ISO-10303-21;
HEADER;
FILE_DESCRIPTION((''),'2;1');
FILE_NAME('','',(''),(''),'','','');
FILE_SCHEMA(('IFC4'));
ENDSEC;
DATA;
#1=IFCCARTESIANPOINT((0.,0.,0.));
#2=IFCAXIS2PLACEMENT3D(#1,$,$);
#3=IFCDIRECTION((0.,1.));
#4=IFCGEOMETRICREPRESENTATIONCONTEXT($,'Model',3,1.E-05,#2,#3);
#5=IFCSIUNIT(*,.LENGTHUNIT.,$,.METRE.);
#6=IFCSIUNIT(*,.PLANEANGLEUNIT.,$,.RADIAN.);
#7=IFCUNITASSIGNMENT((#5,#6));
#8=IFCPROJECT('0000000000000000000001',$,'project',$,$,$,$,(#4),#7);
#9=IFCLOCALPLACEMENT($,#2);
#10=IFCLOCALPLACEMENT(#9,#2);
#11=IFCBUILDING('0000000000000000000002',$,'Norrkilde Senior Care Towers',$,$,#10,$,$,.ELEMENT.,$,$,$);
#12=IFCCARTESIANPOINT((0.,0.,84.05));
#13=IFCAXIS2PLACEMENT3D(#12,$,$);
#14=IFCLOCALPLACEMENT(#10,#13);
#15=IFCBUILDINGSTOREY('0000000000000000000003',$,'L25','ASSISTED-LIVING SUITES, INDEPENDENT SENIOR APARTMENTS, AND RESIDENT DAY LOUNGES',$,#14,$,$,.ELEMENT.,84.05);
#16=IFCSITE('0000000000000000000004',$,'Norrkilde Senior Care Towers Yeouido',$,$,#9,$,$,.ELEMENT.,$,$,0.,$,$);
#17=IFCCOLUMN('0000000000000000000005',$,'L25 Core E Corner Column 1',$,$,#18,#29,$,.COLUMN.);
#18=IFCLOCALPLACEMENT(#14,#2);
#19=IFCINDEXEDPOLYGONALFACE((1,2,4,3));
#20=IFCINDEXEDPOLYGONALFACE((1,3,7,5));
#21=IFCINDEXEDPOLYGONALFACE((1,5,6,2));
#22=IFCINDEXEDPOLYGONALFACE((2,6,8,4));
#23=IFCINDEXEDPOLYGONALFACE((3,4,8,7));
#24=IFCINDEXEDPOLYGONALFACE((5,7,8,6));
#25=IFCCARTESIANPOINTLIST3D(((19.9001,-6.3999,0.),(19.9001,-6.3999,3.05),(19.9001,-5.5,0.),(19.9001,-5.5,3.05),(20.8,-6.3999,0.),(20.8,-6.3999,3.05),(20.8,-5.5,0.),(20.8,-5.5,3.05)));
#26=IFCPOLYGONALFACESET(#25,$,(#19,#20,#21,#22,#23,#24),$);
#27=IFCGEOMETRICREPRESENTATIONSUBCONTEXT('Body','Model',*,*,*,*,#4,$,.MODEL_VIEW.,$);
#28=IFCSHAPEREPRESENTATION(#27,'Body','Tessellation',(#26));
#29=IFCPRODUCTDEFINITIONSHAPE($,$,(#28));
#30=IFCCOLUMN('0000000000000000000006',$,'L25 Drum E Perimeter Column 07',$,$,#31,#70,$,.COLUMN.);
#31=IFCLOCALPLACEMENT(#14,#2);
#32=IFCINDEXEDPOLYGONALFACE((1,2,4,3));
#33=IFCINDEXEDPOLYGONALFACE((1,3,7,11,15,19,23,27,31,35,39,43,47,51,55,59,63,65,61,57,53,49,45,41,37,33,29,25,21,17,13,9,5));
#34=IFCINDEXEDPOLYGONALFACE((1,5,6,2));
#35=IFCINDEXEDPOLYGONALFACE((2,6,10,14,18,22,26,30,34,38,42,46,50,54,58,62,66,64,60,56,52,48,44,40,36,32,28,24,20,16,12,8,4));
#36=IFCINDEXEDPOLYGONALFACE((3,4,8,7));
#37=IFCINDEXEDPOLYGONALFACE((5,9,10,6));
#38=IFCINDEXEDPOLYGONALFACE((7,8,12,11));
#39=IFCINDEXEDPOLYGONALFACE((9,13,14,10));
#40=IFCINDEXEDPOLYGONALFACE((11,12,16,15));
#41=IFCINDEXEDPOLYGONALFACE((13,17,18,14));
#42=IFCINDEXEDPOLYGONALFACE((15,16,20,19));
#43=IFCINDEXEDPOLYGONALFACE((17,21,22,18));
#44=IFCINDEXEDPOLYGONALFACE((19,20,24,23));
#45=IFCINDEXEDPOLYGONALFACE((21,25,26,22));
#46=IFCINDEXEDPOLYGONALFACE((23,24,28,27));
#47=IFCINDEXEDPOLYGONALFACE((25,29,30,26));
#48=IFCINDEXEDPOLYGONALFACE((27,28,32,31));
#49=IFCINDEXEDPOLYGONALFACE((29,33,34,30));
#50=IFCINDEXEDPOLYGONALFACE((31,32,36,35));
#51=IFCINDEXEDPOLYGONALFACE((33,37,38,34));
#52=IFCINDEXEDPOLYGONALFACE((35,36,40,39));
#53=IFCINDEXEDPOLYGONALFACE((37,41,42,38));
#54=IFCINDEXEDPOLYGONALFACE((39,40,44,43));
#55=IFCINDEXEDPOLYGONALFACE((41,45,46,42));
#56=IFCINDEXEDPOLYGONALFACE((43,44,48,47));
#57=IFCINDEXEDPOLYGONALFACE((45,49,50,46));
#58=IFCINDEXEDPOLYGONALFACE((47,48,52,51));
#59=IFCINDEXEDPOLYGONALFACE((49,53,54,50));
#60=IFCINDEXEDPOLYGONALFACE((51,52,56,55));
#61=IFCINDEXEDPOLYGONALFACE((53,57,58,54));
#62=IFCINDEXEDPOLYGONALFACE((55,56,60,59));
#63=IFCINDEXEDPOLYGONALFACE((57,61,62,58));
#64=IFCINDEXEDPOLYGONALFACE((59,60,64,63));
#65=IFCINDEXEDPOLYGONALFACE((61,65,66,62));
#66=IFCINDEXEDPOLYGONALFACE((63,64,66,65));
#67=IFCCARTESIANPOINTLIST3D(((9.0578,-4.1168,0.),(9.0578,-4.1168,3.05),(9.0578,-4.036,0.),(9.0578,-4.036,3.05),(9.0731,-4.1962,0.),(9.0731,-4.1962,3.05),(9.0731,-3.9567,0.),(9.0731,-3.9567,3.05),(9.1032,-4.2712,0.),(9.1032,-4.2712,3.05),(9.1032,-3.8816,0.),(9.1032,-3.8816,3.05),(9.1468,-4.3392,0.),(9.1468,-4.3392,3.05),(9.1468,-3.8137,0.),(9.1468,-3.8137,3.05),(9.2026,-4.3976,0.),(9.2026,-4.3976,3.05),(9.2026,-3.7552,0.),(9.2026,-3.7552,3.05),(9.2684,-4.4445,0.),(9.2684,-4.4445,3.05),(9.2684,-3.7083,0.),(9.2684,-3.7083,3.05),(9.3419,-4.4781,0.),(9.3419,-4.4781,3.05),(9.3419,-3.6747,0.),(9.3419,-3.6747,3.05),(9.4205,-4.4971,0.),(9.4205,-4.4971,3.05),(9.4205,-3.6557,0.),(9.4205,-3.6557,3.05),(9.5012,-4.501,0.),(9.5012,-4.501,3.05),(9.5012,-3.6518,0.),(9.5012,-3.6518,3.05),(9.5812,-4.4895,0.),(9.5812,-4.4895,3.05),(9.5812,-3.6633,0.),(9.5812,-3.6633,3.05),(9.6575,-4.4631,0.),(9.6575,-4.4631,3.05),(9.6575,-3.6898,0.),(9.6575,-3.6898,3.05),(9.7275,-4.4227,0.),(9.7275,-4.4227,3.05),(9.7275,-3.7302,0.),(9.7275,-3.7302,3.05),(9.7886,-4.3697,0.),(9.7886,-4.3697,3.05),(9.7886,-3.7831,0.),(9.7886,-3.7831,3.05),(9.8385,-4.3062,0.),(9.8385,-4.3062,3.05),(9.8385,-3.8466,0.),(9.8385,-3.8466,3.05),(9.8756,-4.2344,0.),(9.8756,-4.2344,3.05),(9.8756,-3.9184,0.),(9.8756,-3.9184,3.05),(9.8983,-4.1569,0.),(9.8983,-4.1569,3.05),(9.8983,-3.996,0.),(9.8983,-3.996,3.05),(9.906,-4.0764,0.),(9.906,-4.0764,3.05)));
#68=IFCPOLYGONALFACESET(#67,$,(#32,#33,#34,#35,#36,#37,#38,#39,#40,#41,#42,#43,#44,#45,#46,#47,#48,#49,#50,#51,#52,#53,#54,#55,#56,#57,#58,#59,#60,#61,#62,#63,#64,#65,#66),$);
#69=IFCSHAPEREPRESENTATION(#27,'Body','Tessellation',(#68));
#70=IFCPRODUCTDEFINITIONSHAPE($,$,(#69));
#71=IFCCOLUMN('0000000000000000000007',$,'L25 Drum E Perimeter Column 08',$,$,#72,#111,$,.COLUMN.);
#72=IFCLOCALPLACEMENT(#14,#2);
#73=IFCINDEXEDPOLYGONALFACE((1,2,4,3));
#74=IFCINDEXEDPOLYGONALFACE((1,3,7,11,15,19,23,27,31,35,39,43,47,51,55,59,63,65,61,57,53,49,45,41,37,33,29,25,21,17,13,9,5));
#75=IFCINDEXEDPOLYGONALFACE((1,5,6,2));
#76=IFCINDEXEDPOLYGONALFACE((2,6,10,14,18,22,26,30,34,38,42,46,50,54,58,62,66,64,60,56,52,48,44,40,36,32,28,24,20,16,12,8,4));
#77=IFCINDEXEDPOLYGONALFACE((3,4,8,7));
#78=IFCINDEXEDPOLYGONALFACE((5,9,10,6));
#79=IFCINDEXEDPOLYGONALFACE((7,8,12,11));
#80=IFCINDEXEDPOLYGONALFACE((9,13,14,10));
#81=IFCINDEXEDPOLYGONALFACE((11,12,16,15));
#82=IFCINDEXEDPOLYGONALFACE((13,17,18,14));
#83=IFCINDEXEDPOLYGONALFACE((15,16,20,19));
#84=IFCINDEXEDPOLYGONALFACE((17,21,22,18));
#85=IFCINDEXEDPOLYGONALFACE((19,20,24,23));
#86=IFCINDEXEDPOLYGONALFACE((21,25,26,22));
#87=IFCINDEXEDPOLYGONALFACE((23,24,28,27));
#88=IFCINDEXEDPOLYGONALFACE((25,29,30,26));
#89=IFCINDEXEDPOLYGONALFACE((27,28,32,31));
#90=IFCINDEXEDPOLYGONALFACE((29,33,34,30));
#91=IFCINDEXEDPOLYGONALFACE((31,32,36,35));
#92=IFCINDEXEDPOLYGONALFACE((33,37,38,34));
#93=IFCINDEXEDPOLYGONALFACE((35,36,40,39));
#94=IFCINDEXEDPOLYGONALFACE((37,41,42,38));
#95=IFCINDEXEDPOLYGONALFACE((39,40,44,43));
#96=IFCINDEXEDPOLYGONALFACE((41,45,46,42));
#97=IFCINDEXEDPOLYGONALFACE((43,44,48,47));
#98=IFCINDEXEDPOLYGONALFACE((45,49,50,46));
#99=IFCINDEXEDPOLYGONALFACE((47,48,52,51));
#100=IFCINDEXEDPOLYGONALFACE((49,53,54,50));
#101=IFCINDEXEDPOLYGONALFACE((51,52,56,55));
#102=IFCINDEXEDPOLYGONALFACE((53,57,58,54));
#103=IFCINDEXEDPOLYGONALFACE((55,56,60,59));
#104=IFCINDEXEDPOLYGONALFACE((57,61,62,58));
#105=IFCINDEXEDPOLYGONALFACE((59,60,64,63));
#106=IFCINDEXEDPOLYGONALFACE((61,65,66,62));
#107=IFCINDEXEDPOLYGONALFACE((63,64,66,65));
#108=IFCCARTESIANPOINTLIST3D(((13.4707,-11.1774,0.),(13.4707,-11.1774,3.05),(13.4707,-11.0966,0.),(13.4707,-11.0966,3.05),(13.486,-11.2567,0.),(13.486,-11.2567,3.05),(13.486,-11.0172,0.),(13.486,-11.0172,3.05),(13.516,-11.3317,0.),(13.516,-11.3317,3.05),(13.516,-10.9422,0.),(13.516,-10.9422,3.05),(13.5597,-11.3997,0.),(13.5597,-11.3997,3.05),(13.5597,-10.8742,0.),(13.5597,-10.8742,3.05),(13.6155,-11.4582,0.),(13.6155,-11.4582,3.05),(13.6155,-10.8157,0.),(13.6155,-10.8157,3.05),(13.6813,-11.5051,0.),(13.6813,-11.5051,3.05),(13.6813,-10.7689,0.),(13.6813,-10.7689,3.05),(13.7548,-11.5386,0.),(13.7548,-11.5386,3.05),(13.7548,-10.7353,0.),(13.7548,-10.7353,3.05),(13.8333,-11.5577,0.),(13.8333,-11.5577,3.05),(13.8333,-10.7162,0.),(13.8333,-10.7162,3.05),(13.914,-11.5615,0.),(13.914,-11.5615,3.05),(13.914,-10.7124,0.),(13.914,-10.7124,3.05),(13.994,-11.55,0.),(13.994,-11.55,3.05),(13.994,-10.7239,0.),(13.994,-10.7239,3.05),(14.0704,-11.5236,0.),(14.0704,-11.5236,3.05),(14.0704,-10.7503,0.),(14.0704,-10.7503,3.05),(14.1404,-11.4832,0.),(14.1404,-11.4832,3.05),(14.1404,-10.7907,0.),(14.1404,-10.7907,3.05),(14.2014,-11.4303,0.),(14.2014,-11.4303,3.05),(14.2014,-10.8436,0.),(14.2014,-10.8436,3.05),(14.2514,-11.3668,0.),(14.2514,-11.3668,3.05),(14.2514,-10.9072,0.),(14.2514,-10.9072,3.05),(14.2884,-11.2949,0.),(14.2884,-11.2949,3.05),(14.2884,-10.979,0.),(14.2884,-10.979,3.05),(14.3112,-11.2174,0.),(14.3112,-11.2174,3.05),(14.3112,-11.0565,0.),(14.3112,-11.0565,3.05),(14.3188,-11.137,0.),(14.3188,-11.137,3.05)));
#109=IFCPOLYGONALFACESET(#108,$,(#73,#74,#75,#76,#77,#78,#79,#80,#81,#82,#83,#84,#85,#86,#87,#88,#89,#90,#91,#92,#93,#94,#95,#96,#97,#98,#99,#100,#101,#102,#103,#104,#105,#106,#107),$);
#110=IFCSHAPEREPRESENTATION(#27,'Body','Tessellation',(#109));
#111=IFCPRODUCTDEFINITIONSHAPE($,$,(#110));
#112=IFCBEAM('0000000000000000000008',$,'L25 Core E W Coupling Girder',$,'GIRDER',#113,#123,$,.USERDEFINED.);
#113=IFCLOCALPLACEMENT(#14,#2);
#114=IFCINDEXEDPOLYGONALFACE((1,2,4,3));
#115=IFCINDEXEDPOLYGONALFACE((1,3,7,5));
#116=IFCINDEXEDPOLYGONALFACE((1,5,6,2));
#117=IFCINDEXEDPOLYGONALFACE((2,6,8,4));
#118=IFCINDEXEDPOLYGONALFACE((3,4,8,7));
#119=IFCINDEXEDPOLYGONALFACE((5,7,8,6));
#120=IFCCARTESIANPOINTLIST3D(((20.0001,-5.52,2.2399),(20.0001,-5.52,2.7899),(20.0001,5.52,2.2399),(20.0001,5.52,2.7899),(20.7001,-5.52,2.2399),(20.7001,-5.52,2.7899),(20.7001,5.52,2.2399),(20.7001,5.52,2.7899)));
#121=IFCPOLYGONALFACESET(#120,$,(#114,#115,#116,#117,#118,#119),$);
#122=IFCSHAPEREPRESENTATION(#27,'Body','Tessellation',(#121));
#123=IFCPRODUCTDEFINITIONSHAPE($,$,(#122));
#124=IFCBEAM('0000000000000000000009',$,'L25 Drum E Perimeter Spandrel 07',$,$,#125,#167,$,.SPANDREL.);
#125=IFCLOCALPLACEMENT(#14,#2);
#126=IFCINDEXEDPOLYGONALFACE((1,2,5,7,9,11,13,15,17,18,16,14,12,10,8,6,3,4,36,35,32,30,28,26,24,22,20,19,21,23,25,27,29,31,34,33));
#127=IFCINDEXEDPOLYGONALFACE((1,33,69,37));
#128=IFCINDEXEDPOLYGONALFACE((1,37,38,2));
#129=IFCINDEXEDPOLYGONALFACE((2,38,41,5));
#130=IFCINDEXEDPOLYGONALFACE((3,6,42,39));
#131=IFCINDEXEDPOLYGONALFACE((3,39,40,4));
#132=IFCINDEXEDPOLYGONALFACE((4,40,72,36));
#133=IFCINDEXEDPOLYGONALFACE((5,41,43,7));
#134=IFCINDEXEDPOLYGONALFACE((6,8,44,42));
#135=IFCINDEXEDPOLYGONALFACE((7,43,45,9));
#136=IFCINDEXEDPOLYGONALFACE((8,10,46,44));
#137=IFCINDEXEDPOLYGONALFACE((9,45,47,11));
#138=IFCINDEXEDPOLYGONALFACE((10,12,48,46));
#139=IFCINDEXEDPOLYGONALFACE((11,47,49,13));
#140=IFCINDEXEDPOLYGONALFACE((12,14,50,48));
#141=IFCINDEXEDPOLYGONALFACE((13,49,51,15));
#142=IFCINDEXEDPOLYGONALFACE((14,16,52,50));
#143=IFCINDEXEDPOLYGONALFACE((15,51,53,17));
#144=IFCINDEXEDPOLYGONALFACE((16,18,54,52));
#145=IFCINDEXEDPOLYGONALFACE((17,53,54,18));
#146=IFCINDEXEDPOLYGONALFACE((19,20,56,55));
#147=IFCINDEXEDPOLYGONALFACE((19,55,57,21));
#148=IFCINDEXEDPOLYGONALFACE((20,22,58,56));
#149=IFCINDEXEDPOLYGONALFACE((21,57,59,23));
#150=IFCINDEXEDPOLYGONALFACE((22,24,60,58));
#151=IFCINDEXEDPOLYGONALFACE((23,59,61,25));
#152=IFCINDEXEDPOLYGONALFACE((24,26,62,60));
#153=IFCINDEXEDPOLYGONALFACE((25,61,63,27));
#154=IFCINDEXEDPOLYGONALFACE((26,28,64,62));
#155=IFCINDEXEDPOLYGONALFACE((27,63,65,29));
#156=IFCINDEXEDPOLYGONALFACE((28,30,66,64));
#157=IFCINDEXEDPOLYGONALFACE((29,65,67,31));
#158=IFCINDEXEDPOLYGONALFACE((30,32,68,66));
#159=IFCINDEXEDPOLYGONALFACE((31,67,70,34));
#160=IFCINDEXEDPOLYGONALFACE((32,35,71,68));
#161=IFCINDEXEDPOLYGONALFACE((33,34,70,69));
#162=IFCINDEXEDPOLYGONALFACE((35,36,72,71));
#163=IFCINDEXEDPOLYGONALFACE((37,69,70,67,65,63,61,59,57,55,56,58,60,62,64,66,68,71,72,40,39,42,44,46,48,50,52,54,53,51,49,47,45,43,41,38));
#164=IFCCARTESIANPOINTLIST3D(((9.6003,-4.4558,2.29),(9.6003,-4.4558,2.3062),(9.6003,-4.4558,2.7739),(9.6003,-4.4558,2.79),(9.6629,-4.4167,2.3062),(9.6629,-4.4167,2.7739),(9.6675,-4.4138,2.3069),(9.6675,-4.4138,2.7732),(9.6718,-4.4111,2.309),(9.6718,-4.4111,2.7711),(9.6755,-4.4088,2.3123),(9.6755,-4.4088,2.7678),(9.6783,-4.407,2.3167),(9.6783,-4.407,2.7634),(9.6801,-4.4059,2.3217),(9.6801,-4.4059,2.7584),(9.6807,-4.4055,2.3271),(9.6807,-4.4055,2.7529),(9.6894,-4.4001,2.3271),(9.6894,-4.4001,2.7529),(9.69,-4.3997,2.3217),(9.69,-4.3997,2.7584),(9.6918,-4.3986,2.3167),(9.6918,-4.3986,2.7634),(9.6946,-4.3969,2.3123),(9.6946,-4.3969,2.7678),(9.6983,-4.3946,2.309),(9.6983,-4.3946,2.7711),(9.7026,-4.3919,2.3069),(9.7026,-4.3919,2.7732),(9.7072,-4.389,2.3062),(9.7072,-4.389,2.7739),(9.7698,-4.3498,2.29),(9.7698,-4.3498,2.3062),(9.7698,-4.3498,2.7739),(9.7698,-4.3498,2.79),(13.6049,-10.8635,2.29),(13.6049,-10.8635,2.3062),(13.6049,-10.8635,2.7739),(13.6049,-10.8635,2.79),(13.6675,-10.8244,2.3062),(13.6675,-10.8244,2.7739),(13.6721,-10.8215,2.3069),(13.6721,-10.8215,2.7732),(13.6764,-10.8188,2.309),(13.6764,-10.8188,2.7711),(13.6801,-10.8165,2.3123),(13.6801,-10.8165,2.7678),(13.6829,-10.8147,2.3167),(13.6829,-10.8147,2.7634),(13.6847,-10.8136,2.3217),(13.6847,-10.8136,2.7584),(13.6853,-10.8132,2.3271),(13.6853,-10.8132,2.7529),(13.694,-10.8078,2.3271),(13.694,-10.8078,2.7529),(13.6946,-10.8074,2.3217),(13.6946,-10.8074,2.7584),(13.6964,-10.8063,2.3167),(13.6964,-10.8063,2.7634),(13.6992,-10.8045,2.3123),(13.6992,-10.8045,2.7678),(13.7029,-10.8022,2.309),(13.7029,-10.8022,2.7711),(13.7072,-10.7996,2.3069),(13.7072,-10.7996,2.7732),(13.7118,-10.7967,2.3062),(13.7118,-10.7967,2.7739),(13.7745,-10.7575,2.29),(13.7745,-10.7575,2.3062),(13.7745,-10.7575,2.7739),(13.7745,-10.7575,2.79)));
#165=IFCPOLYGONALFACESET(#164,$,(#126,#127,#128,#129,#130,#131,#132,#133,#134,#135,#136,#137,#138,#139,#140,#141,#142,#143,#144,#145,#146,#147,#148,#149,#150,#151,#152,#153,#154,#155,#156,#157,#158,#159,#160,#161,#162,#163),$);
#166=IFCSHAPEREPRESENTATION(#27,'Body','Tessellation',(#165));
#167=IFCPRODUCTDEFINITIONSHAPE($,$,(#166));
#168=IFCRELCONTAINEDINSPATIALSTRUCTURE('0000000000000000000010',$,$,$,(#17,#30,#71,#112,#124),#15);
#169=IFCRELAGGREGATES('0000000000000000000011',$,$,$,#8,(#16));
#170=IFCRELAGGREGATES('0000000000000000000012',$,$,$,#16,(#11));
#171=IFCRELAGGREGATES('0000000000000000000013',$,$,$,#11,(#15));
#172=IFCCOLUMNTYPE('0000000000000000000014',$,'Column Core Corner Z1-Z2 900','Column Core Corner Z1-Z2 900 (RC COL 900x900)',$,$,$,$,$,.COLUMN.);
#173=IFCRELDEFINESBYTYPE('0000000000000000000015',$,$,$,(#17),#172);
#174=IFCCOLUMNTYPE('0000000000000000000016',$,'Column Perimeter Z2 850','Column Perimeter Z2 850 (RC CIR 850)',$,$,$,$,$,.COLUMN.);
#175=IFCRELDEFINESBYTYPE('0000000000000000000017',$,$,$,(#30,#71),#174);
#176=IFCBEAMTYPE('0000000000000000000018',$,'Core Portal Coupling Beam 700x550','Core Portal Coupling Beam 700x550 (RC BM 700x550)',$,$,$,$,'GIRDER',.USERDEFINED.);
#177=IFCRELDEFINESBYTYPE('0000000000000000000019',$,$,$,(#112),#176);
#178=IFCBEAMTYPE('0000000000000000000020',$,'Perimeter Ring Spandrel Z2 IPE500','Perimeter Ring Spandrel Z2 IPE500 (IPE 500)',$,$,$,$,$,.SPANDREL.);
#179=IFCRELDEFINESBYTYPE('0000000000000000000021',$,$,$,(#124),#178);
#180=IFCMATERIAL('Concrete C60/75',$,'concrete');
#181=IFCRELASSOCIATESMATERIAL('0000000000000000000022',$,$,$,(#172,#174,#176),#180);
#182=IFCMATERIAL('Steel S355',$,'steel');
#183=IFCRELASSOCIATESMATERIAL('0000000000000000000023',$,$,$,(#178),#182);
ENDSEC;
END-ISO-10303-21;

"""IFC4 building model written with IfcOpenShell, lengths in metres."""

from ifc_helpers import new_model, si_unit, direction, frame, origin, origin_2d, place, context, subcontext, project, spatial, rectangle, circle, i_section, extrude, source, transform, mapped, material, material_profile, profile_set, type_object, type_shapes, element, save


model = new_model("IFC4")

# Units and contexts
model_context = context("Model", 3, precision=1e-05, world=origin(), true_north=direction((0.0, 1.0)))
body_context = subcontext(model_context, "Body", "Model", "MODEL_VIEW")
ifc_project = project(units=[si_unit("LENGTHUNIT", "METRE"), si_unit("PLANEANGLEUNIT", "RADIAN")], contexts=[model_context])

# Site, building, storey
site_placement = place(None, origin())
site = spatial("IfcSite", under=ifc_project, at=site_placement, Name="Norrkilde Senior Care Towers Yeouido", CompositionType="ELEMENT", RefElevation=0.0)
building_placement = place(site_placement, origin())
building = spatial("IfcBuilding", under=site, at=building_placement, Name="Norrkilde Senior Care Towers", CompositionType="ELEMENT")
storey_placement = place(building_placement, frame((0.0, 0.0, 84.05)))
storey = spatial("IfcBuildingStorey", under=building, at=storey_placement, Name="L25", Description="ASSISTED-LIVING SUITES, INDEPENDENT SENIOR APARTMENTS, AND RESIDENT DAY LOUNGES", CompositionType="ELEMENT", Elevation=84.05)

# Columns
ifc_material_1 = material(Name="Concrete C60/75", Category="concrete")
ifc_material_profile_1 = material_profile(ifc_material_1, rectangle(XDim=0.8999, YDim=0.8999, at=origin_2d()), Name="RC COL 900x900")
ifc_profile_set_1 = profile_set([ifc_material_profile_1], Name="Concrete C60/75")
column_type_1 = type_object("IfcColumnType", Name="Column Core Corner Z1-Z2 900", Description="Column Core Corner Z1-Z2 900 (RC COL 900x900)", PredefinedType="COLUMN", material=ifc_profile_set_1)
shared_shape_1 = source(origin(), body_context, "Body", "SweptSolid", [
    extrude(rectangle(XDim=0.8999, YDim=0.8999, at=origin_2d()), origin(), (0.0, 0.0, 1.0), 3.05),
])
type_shapes(column_type_1, [shared_shape_1])
column_placement = place(storey_placement, frame((20.3501, -5.95, 0.0), z_axis=(0.0, 0.0, 1.0), x_axis=(1.0, 0.0, 0.0)))
element("IfcColumn", 1, at=column_placement, inside=storey, type_object=column_type_1, Name="L25 Core E Corner Column 1", PredefinedType="COLUMN", context=body_context, shape_type="MappedRepresentation", body=[
    mapped(shared_shape_1, transform((0.0, 0.0, 0.0), x_axis=(1.0, 0.0, 0.0), y_axis=(0.0, 1.0, 0.0), z_axis=(0.0, 0.0, 1.0), scale=1.0)),
])
ifc_material_profile_2 = material_profile(ifc_material_1, circle(Radius=0.425, at=origin_2d()), Name="RC CIR 850")
ifc_profile_set_2 = profile_set([ifc_material_profile_2], Name="Concrete C60/75")
column_type_2 = type_object("IfcColumnType", Name="Column Perimeter Z2 850", Description="Column Perimeter Z2 850 (RC CIR 850)", PredefinedType="COLUMN", material=ifc_profile_set_2)
shared_shape_2 = source(origin(), body_context, "Body", "SweptSolid", [
    extrude(circle(Radius=0.425, at=origin_2d()), origin(), (0.0, 0.0, 1.0), 3.05),
])
type_shapes(column_type_2, [shared_shape_2])
for number, where, z_axis, x_axis, name in (
    (2, (9.481, -4.0764, 0.0), (0.0, 0.0, 1.0), (1.0, 0.0, 0.0), "L25 Drum E Perimeter Column 07"),
    (3, (13.8938, -11.137, 0.0), (0.0, 0.0, 1.0), (1.0, 0.0, 0.0), "L25 Drum E Perimeter Column 08"),
):
    element("IfcColumn", number, at=place(storey_placement, frame(where, z_axis=z_axis, x_axis=x_axis)), inside=storey, type_object=column_type_2, Name=name, PredefinedType="COLUMN", context=body_context, shape_type="MappedRepresentation", body=[
        mapped(shared_shape_2, transform((0.0, 0.0, 0.0), x_axis=(1.0, 0.0, 0.0), y_axis=(0.0, 1.0, 0.0), z_axis=(0.0, 0.0, 1.0), scale=1.0)),
    ])

# Beams
ifc_material_profile_3 = material_profile(ifc_material_1, rectangle(XDim=0.7, YDim=0.55, at=origin_2d()), Name="RC BM 700x550")
ifc_profile_set_3 = profile_set([ifc_material_profile_3], Name="Concrete C60/75")
beam_type_1 = type_object("IfcBeamType", Name="Core Portal Coupling Beam 700x550", Description="Core Portal Coupling Beam 700x550 (RC BM 700x550)", ElementType="GIRDER", PredefinedType="USERDEFINED", material=ifc_profile_set_3)
shared_shape_3 = source(origin(), body_context, "Body", "SweptSolid", [
    extrude(rectangle(XDim=0.7, YDim=0.55, at=origin_2d()), origin(), (0.0, 0.0, 1.0), 11.04),
])
type_shapes(beam_type_1, [shared_shape_3])
beam_1_placement = place(storey_placement, frame((20.3501, -5.52, 2.5149), z_axis=(0.0, 1.0, 0.0), x_axis=(-1.0, 0.0, 0.0)))
element("IfcBeam", 4, at=beam_1_placement, inside=storey, type_object=beam_type_1, Name="L25 Core E W Coupling Girder", ObjectType="GIRDER", PredefinedType="USERDEFINED", context=body_context, shape_type="MappedRepresentation", body=[
    mapped(shared_shape_3, transform((0.0, 0.0, 0.0), x_axis=(1.0, 0.0, 0.0), y_axis=(0.0, 1.0, 0.0), z_axis=(0.0, 0.0, 1.0), scale=1.0)),
])
ifc_material_2 = material(Name="Steel S355", Category="steel")
ifc_material_profile_4 = material_profile(ifc_material_2, i_section(OverallWidth=0.2, OverallDepth=0.5, WebThickness=0.0103, FlangeThickness=0.0161, FilletRadius=0.021, at=origin_2d()), Name="IPE 500")
ifc_profile_set_4 = profile_set([ifc_material_profile_4], Name="Steel S355")
beam_type_2 = type_object("IfcBeamType", Name="Perimeter Ring Spandrel Z2 IPE500", Description="Perimeter Ring Spandrel Z2 IPE500 (IPE 500)", PredefinedType="SPANDREL", material=ifc_profile_set_4)
shared_shape_4 = source(origin(), body_context, "Body", "SweptSolid", [
    extrude(i_section(OverallWidth=0.2, OverallDepth=0.5, WebThickness=0.0103, FlangeThickness=0.0161, FilletRadius=0.021, at=origin_2d()), origin(), (0.0, 0.0, 1.0), 7.5562),
])
beam_2_placement = place(storey_placement, frame((9.6851, -4.4028, 2.54), z_axis=(0.529982, -0.848009, 0.0), x_axis=(0.848009, 0.529982, 0.0)))
element("IfcBeam", 5, at=beam_2_placement, inside=storey, type_object=beam_type_2, Name="L25 Drum E Perimeter Spandrel 07", PredefinedType="SPANDREL", context=body_context, shape_type="MappedRepresentation", body=[
    mapped(shared_shape_4, transform((0.0, 0.0, 0.0), x_axis=(1.0, 0.0, 0.0), y_axis=(0.0, 1.0, 0.0), z_axis=(0.0, 0.0, 1.0), scale=1.0)),
])

save(model, "model.ifc")
